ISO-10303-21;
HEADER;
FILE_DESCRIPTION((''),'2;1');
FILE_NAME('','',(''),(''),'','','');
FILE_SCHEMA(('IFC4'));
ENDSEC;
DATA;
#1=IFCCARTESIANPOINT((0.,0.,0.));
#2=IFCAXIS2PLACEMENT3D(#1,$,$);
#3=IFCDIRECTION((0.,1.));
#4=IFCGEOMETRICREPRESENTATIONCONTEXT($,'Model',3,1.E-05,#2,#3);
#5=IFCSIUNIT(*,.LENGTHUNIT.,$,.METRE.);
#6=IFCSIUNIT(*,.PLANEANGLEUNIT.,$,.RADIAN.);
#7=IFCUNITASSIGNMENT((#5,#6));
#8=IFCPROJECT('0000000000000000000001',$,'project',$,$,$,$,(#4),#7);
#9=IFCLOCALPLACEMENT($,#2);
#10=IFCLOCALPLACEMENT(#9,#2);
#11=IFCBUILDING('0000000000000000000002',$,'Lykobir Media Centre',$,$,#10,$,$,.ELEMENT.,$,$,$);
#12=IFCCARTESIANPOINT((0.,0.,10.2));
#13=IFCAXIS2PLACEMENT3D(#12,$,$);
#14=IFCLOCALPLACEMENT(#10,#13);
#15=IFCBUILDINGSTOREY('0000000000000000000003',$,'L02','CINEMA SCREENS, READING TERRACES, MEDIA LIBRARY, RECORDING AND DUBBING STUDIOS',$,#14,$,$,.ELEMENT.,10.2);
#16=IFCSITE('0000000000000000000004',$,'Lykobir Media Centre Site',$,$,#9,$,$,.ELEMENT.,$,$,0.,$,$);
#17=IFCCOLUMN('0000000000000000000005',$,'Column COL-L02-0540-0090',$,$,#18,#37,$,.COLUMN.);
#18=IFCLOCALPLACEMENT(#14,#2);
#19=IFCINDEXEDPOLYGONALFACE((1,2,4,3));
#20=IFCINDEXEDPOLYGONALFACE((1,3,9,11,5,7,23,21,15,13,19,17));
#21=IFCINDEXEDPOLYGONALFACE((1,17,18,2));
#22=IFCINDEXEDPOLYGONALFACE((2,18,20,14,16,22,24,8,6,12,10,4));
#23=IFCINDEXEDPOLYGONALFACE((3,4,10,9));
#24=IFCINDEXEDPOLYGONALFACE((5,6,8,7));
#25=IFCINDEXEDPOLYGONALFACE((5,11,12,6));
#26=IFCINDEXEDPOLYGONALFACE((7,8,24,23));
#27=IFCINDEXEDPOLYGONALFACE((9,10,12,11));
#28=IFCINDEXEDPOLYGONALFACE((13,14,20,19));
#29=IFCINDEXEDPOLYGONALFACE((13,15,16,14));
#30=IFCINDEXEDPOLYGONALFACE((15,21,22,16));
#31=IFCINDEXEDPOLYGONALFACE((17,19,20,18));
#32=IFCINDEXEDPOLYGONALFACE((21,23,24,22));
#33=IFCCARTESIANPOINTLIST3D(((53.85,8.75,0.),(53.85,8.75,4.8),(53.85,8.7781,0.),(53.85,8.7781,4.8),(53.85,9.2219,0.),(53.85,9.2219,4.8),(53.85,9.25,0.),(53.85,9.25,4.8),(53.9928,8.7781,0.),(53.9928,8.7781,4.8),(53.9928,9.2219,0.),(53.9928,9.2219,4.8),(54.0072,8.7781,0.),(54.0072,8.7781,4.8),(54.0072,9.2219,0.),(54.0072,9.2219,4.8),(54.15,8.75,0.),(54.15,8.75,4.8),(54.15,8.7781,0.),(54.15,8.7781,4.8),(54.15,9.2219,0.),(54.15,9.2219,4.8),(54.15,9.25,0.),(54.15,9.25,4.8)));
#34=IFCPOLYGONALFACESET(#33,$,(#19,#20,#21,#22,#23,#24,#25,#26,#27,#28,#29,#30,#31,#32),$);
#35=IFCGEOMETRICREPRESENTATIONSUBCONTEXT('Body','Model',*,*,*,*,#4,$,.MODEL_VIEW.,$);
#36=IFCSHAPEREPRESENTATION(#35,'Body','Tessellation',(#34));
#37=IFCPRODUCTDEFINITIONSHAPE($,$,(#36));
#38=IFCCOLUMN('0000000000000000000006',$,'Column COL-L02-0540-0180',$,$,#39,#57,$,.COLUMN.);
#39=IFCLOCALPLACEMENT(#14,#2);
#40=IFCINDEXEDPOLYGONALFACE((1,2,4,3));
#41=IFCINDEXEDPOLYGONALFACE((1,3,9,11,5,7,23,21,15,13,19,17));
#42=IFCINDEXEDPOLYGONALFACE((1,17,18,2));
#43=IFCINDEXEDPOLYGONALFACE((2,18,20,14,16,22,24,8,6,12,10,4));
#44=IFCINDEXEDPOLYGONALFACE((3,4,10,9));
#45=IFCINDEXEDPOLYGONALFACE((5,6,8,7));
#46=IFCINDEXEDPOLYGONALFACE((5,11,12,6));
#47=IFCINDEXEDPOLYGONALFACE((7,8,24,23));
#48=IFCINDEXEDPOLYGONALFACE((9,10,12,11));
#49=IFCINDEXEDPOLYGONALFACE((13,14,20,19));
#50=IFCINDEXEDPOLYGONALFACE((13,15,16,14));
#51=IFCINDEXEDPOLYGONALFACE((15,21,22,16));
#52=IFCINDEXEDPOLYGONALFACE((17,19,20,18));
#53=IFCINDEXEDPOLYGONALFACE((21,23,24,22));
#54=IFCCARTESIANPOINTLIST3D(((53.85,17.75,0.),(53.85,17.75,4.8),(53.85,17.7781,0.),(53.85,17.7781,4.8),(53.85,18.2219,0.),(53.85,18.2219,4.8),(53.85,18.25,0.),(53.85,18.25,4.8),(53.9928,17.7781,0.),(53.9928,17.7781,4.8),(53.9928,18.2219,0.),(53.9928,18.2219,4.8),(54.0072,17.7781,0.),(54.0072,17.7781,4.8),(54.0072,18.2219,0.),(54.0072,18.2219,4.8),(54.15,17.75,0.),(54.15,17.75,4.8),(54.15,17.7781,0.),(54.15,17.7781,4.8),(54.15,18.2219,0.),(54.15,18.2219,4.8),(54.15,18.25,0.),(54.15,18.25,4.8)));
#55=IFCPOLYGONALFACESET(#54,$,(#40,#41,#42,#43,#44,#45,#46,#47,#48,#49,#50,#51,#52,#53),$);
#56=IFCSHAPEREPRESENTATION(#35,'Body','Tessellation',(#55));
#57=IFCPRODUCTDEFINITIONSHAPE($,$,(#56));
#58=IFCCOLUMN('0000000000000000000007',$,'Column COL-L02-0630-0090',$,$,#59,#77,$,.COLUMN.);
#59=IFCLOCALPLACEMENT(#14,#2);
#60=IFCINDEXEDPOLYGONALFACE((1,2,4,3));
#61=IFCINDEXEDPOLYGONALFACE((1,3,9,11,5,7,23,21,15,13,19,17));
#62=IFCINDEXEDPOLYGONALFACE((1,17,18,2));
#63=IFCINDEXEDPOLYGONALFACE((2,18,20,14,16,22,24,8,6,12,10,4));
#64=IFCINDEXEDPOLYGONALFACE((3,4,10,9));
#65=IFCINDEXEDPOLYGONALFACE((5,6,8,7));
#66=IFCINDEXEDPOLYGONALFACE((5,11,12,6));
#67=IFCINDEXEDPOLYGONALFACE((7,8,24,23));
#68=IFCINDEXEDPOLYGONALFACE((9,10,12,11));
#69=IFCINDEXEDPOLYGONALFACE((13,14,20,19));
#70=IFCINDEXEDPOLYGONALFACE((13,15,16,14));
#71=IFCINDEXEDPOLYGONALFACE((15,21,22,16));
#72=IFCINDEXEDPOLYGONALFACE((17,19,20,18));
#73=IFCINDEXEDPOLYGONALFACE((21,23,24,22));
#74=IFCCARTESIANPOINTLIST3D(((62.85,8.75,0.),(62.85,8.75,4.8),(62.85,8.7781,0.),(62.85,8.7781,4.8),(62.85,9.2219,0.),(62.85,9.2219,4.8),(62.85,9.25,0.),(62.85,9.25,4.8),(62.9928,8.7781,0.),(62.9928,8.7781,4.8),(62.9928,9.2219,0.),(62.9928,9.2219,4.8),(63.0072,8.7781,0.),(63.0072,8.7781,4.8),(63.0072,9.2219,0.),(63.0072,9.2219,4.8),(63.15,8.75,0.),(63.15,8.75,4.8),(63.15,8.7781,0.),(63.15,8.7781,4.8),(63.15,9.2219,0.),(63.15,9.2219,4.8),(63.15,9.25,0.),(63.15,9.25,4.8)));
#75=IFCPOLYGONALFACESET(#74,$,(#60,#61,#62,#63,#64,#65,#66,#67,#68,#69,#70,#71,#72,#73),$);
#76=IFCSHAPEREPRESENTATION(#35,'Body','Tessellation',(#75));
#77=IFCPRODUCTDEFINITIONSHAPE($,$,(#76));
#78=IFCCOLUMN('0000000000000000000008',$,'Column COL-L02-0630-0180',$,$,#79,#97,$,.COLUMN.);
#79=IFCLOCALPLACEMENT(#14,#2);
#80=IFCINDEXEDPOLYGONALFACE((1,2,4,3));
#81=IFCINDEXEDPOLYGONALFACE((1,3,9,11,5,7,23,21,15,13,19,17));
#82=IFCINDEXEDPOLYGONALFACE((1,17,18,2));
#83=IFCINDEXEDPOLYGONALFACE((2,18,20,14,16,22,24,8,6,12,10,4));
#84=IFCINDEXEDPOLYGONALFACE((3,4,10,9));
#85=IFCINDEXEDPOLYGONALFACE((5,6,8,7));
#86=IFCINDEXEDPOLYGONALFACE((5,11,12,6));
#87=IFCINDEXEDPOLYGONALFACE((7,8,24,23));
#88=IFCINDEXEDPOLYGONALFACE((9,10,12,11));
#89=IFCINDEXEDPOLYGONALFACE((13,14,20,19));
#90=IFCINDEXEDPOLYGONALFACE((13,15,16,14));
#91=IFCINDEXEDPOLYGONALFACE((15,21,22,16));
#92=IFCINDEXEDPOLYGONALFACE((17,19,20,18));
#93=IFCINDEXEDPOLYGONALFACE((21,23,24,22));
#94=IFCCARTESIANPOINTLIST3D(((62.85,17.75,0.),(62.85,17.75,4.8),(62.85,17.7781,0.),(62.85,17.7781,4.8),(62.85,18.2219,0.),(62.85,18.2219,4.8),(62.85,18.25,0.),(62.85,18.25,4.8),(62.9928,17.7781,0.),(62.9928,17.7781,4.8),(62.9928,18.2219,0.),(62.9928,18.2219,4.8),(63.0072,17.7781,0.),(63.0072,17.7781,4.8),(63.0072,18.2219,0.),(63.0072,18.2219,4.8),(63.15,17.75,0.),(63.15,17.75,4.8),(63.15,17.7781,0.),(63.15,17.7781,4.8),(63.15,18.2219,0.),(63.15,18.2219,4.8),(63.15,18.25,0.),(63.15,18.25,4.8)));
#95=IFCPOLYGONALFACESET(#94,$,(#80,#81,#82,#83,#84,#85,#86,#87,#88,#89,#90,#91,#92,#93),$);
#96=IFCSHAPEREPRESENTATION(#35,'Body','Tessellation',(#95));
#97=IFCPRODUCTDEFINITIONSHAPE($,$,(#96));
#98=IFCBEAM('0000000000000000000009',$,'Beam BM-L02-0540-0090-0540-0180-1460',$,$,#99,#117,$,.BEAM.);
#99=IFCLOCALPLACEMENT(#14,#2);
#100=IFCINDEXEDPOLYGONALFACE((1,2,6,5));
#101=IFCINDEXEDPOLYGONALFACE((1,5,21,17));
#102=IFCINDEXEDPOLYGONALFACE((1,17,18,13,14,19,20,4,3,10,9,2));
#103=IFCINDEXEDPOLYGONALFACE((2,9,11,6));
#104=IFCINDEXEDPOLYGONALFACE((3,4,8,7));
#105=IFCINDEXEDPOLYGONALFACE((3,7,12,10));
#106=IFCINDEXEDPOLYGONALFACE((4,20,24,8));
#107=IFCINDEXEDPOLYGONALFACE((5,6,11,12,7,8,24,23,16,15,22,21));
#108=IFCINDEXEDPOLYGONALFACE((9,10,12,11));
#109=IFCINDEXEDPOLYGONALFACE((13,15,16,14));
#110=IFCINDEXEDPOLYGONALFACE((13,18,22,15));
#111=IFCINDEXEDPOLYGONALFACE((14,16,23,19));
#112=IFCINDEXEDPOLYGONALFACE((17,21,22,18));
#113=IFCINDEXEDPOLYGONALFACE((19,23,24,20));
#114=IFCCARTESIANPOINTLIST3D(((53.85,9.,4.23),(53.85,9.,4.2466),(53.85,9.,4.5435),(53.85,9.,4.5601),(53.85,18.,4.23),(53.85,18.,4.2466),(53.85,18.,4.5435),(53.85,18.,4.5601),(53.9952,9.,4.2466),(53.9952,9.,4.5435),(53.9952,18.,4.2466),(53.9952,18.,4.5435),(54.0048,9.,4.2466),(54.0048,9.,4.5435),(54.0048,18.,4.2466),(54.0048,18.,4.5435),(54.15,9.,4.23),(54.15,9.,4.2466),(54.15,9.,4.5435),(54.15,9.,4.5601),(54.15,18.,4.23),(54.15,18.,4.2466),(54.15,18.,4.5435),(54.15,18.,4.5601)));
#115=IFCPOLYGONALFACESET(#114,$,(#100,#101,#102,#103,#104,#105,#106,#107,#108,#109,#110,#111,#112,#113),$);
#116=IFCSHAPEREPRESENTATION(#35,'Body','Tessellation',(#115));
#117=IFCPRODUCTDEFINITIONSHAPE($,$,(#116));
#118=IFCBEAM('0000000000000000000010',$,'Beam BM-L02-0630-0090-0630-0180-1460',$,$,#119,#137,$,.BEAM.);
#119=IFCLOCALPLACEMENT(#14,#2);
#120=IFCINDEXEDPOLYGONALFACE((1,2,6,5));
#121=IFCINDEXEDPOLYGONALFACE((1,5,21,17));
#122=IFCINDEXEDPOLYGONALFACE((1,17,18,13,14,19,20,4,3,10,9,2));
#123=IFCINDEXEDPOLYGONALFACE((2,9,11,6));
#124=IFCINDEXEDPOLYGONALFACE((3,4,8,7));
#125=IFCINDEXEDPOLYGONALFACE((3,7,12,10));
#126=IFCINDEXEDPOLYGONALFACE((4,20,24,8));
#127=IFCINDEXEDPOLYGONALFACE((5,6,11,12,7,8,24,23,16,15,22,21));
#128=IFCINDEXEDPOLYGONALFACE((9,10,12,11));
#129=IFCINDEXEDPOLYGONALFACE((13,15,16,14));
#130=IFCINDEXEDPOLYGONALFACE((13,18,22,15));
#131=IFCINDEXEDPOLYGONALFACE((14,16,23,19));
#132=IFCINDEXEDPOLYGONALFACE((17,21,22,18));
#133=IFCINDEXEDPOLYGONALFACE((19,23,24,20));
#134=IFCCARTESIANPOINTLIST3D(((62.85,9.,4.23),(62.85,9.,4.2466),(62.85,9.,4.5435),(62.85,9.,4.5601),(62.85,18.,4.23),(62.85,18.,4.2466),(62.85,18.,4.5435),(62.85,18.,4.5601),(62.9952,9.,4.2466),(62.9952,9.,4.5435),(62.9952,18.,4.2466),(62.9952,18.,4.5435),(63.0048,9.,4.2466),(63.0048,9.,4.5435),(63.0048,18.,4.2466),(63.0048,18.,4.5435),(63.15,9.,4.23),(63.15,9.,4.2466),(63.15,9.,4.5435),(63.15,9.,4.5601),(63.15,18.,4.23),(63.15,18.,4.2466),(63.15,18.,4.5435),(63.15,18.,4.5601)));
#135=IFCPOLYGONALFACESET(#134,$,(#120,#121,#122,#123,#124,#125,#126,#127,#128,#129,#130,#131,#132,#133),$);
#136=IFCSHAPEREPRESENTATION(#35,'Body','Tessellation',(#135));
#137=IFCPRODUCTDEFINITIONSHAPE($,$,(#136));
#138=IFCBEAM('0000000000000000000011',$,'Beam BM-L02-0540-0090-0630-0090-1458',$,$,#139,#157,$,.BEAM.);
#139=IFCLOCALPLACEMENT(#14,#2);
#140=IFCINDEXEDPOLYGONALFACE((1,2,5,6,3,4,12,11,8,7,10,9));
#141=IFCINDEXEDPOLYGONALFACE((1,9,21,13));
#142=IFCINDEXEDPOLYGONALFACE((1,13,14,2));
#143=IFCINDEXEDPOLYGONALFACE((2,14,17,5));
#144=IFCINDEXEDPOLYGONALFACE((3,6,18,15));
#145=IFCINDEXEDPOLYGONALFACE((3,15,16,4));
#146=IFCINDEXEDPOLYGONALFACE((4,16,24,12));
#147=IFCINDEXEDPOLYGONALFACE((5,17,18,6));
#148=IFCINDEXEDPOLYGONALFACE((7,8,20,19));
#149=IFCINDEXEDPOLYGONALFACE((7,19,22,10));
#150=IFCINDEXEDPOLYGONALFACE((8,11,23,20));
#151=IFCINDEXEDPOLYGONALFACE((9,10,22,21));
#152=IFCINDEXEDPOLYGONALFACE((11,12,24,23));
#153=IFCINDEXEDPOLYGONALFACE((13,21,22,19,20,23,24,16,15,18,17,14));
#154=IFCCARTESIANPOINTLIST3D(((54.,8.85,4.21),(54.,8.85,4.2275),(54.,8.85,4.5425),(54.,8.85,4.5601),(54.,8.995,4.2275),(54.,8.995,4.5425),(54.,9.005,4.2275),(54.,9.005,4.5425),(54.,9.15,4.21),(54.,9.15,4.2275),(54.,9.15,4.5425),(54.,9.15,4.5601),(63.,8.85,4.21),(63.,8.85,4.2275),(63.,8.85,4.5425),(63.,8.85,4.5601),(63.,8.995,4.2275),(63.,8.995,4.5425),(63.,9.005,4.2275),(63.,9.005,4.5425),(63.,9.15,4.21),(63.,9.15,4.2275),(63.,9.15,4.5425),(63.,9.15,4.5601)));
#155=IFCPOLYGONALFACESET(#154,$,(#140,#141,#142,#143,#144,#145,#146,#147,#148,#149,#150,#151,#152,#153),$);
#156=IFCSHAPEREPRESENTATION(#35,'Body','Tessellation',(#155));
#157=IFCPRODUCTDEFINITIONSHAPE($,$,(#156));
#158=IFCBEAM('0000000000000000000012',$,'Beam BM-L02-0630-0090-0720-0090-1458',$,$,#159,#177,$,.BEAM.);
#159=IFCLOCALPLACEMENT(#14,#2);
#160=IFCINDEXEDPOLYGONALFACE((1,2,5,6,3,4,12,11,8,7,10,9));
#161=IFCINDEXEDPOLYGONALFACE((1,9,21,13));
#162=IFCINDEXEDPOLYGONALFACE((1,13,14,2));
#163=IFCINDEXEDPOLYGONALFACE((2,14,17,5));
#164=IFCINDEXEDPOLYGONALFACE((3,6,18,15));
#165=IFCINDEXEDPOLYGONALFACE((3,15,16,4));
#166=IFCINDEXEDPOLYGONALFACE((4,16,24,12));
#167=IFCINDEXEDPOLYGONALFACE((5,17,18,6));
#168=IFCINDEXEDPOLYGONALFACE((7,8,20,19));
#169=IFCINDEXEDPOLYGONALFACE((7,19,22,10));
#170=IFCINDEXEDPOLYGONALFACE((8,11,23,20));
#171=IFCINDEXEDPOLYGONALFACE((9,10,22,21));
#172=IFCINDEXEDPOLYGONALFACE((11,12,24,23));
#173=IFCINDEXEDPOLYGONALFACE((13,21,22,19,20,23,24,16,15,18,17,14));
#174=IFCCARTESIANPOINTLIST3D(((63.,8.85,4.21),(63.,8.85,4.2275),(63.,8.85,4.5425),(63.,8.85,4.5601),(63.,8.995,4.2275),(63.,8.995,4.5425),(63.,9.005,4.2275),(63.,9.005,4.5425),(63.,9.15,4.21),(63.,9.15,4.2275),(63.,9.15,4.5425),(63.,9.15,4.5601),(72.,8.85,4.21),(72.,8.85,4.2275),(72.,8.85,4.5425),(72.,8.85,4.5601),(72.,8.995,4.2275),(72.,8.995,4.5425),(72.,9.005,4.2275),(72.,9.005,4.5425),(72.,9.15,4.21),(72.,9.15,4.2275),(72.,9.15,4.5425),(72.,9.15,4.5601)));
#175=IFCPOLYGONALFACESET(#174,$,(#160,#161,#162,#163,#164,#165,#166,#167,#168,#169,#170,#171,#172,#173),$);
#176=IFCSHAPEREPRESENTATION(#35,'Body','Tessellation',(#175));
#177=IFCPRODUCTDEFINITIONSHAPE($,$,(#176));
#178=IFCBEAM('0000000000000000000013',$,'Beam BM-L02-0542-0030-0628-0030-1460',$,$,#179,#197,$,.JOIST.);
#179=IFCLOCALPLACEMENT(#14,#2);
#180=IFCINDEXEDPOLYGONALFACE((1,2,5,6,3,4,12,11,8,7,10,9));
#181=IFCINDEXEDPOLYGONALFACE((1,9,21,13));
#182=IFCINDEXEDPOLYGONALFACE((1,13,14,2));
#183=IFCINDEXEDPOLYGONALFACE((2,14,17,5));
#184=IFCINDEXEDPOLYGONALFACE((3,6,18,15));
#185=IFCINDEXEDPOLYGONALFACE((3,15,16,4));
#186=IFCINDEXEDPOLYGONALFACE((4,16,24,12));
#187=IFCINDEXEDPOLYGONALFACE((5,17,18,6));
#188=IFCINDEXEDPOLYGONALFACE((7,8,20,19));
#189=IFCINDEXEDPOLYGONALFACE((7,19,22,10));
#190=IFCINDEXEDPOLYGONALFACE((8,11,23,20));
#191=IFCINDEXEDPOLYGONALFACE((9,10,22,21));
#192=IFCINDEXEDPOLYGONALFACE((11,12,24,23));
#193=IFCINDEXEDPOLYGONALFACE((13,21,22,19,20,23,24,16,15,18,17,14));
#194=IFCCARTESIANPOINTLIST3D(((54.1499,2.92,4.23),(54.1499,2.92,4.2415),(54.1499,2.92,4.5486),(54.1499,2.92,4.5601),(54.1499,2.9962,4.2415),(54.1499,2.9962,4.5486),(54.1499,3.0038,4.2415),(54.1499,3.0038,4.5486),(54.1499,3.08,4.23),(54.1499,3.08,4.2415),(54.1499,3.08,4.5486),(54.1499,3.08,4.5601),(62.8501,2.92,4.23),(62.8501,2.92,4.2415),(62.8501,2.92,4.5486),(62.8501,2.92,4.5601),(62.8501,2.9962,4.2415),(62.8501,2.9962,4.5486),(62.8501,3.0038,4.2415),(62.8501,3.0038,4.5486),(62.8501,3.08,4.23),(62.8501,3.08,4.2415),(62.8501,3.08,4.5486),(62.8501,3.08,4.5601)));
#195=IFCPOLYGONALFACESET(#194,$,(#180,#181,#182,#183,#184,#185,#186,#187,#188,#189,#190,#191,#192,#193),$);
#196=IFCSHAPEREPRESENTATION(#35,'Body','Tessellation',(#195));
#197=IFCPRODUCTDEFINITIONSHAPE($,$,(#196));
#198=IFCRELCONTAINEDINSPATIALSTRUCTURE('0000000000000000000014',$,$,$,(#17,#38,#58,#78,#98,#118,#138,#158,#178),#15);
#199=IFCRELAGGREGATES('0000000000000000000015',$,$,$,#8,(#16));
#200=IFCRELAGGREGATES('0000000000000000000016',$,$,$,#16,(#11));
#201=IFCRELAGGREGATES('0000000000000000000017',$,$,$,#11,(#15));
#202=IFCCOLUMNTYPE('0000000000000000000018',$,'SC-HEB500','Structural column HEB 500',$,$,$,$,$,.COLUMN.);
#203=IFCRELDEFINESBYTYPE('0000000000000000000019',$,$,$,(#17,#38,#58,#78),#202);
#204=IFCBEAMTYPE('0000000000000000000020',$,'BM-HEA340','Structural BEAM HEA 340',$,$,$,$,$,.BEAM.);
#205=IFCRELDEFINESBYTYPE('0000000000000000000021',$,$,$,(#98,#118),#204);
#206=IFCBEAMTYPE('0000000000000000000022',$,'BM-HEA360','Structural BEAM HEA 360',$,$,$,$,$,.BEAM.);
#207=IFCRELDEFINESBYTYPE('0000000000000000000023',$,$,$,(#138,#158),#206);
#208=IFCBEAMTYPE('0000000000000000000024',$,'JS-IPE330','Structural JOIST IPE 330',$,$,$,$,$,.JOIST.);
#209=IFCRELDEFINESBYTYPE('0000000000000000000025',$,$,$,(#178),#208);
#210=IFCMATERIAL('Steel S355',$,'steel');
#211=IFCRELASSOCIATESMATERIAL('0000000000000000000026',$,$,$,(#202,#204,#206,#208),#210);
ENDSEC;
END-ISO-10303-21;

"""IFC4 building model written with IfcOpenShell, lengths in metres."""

from ifc_helpers import new_model, si_unit, direction, frame, origin, origin_2d, place, context, subcontext, project, spatial, i_section, extrude, material, material_profile, profile_set, type_object, element, save


model = new_model("IFC4")

# Units and contexts
model_context = context("Model", 3, precision=1e-05, world=origin(), true_north=direction((0.0, 1.0)))
body_context = subcontext(model_context, "Body", "Model", "MODEL_VIEW")
ifc_project = project(units=[si_unit("LENGTHUNIT", "METRE"), si_unit("PLANEANGLEUNIT", "RADIAN")], contexts=[model_context])

# Site, building, storey
site_placement = place(None, origin())
site = spatial("IfcSite", under=ifc_project, at=site_placement, Name="Lykobir Media Centre Site", CompositionType="ELEMENT", RefElevation=0.0)
building_placement = place(site_placement, origin())
building = spatial("IfcBuilding", under=site, at=building_placement, Name="Lykobir Media Centre", CompositionType="ELEMENT")
storey_placement = place(building_placement, frame((0.0, 0.0, 10.2)))
storey = spatial("IfcBuildingStorey", under=building, at=storey_placement, Name="L02", Description="CINEMA SCREENS, READING TERRACES, MEDIA LIBRARY, RECORDING AND DUBBING STUDIOS", CompositionType="ELEMENT", Elevation=10.2)

# Columns
ifc_material_1 = material(Name="Steel S355", Category="steel")
ifc_material_profile_1 = material_profile(ifc_material_1, i_section(OverallWidth=0.3, OverallDepth=0.5, WebThickness=0.0144, FlangeThickness=0.0281, at=origin_2d()), Name="HEB 500")
ifc_profile_set_1 = profile_set([ifc_material_profile_1], Name="Steel S355")
column_type = type_object("IfcColumnType", Name="SC-HEB500", Description="Structural column HEB 500", PredefinedType="COLUMN", material=ifc_profile_set_1)
for number, where, z_axis, x_axis, name in (
    (1, (54.0, 9.0, 0.0), (0.0, 0.0, 1.0), (1.0, 0.0, 0.0), "Column COL-L02-0540-0090"),
    (2, (54.0, 18.0, 0.0), (0.0, 0.0, 1.0), (1.0, 0.0, 0.0), "Column COL-L02-0540-0180"),
    (3, (63.0, 9.0, 0.0), (0.0, 0.0, 1.0), (1.0, 0.0, 0.0), "Column COL-L02-0630-0090"),
    (4, (63.0, 18.0, 0.0), (0.0, 0.0, 1.0), (1.0, 0.0, 0.0), "Column COL-L02-0630-0180"),
):
    element("IfcColumn", number, at=place(storey_placement, frame(where, z_axis=z_axis, x_axis=x_axis)), inside=storey, type_object=column_type, Name=name, PredefinedType="COLUMN", context=body_context, shape_type="SweptSolid", body=[
        extrude(i_section(OverallWidth=0.3, OverallDepth=0.5, WebThickness=0.0144, FlangeThickness=0.0281, at=origin_2d()), origin(), (0.0, 0.0, 1.0), 4.8),
    ])

# Beams
ifc_material_profile_2 = material_profile(ifc_material_1, i_section(OverallWidth=0.3, OverallDepth=0.3301, WebThickness=0.0095, FlangeThickness=0.0166, at=origin_2d()), Name="HEA 340")
ifc_profile_set_2 = profile_set([ifc_material_profile_2], Name="Steel S355")
beam_type_1 = type_object("IfcBeamType", Name="BM-HEA340", Description="Structural BEAM HEA 340", PredefinedType="BEAM", material=ifc_profile_set_2)
for number, where, z_axis, x_axis, name in (
    (5, (54.0, 9.0, 4.395), (0.0, 1.0, 0.0), (-1.0, 0.0, 0.0), "Beam BM-L02-0540-0090-0540-0180-1460"),
    (6, (63.0, 9.0, 4.395), (0.0, 1.0, 0.0), (-1.0, 0.0, 0.0), "Beam BM-L02-0630-0090-0630-0180-1460"),
):
    element("IfcBeam", number, at=place(storey_placement, frame(where, z_axis=z_axis, x_axis=x_axis)), inside=storey, type_object=beam_type_1, Name=name, PredefinedType="BEAM", context=body_context, shape_type="SweptSolid", body=[
        extrude(i_section(OverallWidth=0.3, OverallDepth=0.3301, WebThickness=0.0095, FlangeThickness=0.0166, at=origin_2d()), origin(), (0.0, 0.0, 1.0), 9.0),
    ])
ifc_material_profile_3 = material_profile(ifc_material_1, i_section(OverallWidth=0.3, OverallDepth=0.3501, WebThickness=0.01, FlangeThickness=0.0176, at=origin_2d()), Name="HEA 360")
ifc_profile_set_3 = profile_set([ifc_material_profile_3], Name="Steel S355")
beam_type_2 = type_object("IfcBeamType", Name="BM-HEA360", Description="Structural BEAM HEA 360", PredefinedType="BEAM", material=ifc_profile_set_3)
for number, where, z_axis, x_axis, name in (
    (7, (54.0, 9.0, 4.385), (1.0, 0.0, 0.0), (0.0, 1.0, 0.0), "Beam BM-L02-0540-0090-0630-0090-1458"),
    (8, (63.0, 9.0, 4.385), (1.0, 0.0, 0.0), (0.0, 1.0, 0.0), "Beam BM-L02-0630-0090-0720-0090-1458"),
):
    element("IfcBeam", number, at=place(storey_placement, frame(where, z_axis=z_axis, x_axis=x_axis)), inside=storey, type_object=beam_type_2, Name=name, PredefinedType="BEAM", context=body_context, shape_type="SweptSolid", body=[
        extrude(i_section(OverallWidth=0.3, OverallDepth=0.3501, WebThickness=0.01, FlangeThickness=0.0176, at=origin_2d()), origin(), (0.0, 0.0, 1.0), 9.0),
    ])
ifc_material_profile_4 = material_profile(ifc_material_1, i_section(OverallWidth=0.1599, OverallDepth=0.3301, WebThickness=0.0076, FlangeThickness=0.0115, at=origin_2d()), Name="IPE 330")
ifc_profile_set_4 = profile_set([ifc_material_profile_4], Name="Steel S355")
beam_type_3 = type_object("IfcBeamType", Name="JS-IPE330", Description="Structural JOIST IPE 330", PredefinedType="JOIST", material=ifc_profile_set_4)
for number, where, z_axis, x_axis, name in (
    (9, (54.1499, 3.0, 4.395), (1.0, 0.0, 0.0), (0.0, 1.0, 0.0), "Beam BM-L02-0542-0030-0628-0030-1460"),
):
    element("IfcBeam", number, at=place(storey_placement, frame(where, z_axis=z_axis, x_axis=x_axis)), inside=storey, type_object=beam_type_3, Name=name, PredefinedType="JOIST", context=body_context, shape_type="SweptSolid", body=[
        extrude(i_section(OverallWidth=0.1599, OverallDepth=0.3301, WebThickness=0.0076, FlangeThickness=0.0115, at=origin_2d()), origin(), (0.0, 0.0, 1.0), 8.7002),
    ])

save(model, "model.ifc")
